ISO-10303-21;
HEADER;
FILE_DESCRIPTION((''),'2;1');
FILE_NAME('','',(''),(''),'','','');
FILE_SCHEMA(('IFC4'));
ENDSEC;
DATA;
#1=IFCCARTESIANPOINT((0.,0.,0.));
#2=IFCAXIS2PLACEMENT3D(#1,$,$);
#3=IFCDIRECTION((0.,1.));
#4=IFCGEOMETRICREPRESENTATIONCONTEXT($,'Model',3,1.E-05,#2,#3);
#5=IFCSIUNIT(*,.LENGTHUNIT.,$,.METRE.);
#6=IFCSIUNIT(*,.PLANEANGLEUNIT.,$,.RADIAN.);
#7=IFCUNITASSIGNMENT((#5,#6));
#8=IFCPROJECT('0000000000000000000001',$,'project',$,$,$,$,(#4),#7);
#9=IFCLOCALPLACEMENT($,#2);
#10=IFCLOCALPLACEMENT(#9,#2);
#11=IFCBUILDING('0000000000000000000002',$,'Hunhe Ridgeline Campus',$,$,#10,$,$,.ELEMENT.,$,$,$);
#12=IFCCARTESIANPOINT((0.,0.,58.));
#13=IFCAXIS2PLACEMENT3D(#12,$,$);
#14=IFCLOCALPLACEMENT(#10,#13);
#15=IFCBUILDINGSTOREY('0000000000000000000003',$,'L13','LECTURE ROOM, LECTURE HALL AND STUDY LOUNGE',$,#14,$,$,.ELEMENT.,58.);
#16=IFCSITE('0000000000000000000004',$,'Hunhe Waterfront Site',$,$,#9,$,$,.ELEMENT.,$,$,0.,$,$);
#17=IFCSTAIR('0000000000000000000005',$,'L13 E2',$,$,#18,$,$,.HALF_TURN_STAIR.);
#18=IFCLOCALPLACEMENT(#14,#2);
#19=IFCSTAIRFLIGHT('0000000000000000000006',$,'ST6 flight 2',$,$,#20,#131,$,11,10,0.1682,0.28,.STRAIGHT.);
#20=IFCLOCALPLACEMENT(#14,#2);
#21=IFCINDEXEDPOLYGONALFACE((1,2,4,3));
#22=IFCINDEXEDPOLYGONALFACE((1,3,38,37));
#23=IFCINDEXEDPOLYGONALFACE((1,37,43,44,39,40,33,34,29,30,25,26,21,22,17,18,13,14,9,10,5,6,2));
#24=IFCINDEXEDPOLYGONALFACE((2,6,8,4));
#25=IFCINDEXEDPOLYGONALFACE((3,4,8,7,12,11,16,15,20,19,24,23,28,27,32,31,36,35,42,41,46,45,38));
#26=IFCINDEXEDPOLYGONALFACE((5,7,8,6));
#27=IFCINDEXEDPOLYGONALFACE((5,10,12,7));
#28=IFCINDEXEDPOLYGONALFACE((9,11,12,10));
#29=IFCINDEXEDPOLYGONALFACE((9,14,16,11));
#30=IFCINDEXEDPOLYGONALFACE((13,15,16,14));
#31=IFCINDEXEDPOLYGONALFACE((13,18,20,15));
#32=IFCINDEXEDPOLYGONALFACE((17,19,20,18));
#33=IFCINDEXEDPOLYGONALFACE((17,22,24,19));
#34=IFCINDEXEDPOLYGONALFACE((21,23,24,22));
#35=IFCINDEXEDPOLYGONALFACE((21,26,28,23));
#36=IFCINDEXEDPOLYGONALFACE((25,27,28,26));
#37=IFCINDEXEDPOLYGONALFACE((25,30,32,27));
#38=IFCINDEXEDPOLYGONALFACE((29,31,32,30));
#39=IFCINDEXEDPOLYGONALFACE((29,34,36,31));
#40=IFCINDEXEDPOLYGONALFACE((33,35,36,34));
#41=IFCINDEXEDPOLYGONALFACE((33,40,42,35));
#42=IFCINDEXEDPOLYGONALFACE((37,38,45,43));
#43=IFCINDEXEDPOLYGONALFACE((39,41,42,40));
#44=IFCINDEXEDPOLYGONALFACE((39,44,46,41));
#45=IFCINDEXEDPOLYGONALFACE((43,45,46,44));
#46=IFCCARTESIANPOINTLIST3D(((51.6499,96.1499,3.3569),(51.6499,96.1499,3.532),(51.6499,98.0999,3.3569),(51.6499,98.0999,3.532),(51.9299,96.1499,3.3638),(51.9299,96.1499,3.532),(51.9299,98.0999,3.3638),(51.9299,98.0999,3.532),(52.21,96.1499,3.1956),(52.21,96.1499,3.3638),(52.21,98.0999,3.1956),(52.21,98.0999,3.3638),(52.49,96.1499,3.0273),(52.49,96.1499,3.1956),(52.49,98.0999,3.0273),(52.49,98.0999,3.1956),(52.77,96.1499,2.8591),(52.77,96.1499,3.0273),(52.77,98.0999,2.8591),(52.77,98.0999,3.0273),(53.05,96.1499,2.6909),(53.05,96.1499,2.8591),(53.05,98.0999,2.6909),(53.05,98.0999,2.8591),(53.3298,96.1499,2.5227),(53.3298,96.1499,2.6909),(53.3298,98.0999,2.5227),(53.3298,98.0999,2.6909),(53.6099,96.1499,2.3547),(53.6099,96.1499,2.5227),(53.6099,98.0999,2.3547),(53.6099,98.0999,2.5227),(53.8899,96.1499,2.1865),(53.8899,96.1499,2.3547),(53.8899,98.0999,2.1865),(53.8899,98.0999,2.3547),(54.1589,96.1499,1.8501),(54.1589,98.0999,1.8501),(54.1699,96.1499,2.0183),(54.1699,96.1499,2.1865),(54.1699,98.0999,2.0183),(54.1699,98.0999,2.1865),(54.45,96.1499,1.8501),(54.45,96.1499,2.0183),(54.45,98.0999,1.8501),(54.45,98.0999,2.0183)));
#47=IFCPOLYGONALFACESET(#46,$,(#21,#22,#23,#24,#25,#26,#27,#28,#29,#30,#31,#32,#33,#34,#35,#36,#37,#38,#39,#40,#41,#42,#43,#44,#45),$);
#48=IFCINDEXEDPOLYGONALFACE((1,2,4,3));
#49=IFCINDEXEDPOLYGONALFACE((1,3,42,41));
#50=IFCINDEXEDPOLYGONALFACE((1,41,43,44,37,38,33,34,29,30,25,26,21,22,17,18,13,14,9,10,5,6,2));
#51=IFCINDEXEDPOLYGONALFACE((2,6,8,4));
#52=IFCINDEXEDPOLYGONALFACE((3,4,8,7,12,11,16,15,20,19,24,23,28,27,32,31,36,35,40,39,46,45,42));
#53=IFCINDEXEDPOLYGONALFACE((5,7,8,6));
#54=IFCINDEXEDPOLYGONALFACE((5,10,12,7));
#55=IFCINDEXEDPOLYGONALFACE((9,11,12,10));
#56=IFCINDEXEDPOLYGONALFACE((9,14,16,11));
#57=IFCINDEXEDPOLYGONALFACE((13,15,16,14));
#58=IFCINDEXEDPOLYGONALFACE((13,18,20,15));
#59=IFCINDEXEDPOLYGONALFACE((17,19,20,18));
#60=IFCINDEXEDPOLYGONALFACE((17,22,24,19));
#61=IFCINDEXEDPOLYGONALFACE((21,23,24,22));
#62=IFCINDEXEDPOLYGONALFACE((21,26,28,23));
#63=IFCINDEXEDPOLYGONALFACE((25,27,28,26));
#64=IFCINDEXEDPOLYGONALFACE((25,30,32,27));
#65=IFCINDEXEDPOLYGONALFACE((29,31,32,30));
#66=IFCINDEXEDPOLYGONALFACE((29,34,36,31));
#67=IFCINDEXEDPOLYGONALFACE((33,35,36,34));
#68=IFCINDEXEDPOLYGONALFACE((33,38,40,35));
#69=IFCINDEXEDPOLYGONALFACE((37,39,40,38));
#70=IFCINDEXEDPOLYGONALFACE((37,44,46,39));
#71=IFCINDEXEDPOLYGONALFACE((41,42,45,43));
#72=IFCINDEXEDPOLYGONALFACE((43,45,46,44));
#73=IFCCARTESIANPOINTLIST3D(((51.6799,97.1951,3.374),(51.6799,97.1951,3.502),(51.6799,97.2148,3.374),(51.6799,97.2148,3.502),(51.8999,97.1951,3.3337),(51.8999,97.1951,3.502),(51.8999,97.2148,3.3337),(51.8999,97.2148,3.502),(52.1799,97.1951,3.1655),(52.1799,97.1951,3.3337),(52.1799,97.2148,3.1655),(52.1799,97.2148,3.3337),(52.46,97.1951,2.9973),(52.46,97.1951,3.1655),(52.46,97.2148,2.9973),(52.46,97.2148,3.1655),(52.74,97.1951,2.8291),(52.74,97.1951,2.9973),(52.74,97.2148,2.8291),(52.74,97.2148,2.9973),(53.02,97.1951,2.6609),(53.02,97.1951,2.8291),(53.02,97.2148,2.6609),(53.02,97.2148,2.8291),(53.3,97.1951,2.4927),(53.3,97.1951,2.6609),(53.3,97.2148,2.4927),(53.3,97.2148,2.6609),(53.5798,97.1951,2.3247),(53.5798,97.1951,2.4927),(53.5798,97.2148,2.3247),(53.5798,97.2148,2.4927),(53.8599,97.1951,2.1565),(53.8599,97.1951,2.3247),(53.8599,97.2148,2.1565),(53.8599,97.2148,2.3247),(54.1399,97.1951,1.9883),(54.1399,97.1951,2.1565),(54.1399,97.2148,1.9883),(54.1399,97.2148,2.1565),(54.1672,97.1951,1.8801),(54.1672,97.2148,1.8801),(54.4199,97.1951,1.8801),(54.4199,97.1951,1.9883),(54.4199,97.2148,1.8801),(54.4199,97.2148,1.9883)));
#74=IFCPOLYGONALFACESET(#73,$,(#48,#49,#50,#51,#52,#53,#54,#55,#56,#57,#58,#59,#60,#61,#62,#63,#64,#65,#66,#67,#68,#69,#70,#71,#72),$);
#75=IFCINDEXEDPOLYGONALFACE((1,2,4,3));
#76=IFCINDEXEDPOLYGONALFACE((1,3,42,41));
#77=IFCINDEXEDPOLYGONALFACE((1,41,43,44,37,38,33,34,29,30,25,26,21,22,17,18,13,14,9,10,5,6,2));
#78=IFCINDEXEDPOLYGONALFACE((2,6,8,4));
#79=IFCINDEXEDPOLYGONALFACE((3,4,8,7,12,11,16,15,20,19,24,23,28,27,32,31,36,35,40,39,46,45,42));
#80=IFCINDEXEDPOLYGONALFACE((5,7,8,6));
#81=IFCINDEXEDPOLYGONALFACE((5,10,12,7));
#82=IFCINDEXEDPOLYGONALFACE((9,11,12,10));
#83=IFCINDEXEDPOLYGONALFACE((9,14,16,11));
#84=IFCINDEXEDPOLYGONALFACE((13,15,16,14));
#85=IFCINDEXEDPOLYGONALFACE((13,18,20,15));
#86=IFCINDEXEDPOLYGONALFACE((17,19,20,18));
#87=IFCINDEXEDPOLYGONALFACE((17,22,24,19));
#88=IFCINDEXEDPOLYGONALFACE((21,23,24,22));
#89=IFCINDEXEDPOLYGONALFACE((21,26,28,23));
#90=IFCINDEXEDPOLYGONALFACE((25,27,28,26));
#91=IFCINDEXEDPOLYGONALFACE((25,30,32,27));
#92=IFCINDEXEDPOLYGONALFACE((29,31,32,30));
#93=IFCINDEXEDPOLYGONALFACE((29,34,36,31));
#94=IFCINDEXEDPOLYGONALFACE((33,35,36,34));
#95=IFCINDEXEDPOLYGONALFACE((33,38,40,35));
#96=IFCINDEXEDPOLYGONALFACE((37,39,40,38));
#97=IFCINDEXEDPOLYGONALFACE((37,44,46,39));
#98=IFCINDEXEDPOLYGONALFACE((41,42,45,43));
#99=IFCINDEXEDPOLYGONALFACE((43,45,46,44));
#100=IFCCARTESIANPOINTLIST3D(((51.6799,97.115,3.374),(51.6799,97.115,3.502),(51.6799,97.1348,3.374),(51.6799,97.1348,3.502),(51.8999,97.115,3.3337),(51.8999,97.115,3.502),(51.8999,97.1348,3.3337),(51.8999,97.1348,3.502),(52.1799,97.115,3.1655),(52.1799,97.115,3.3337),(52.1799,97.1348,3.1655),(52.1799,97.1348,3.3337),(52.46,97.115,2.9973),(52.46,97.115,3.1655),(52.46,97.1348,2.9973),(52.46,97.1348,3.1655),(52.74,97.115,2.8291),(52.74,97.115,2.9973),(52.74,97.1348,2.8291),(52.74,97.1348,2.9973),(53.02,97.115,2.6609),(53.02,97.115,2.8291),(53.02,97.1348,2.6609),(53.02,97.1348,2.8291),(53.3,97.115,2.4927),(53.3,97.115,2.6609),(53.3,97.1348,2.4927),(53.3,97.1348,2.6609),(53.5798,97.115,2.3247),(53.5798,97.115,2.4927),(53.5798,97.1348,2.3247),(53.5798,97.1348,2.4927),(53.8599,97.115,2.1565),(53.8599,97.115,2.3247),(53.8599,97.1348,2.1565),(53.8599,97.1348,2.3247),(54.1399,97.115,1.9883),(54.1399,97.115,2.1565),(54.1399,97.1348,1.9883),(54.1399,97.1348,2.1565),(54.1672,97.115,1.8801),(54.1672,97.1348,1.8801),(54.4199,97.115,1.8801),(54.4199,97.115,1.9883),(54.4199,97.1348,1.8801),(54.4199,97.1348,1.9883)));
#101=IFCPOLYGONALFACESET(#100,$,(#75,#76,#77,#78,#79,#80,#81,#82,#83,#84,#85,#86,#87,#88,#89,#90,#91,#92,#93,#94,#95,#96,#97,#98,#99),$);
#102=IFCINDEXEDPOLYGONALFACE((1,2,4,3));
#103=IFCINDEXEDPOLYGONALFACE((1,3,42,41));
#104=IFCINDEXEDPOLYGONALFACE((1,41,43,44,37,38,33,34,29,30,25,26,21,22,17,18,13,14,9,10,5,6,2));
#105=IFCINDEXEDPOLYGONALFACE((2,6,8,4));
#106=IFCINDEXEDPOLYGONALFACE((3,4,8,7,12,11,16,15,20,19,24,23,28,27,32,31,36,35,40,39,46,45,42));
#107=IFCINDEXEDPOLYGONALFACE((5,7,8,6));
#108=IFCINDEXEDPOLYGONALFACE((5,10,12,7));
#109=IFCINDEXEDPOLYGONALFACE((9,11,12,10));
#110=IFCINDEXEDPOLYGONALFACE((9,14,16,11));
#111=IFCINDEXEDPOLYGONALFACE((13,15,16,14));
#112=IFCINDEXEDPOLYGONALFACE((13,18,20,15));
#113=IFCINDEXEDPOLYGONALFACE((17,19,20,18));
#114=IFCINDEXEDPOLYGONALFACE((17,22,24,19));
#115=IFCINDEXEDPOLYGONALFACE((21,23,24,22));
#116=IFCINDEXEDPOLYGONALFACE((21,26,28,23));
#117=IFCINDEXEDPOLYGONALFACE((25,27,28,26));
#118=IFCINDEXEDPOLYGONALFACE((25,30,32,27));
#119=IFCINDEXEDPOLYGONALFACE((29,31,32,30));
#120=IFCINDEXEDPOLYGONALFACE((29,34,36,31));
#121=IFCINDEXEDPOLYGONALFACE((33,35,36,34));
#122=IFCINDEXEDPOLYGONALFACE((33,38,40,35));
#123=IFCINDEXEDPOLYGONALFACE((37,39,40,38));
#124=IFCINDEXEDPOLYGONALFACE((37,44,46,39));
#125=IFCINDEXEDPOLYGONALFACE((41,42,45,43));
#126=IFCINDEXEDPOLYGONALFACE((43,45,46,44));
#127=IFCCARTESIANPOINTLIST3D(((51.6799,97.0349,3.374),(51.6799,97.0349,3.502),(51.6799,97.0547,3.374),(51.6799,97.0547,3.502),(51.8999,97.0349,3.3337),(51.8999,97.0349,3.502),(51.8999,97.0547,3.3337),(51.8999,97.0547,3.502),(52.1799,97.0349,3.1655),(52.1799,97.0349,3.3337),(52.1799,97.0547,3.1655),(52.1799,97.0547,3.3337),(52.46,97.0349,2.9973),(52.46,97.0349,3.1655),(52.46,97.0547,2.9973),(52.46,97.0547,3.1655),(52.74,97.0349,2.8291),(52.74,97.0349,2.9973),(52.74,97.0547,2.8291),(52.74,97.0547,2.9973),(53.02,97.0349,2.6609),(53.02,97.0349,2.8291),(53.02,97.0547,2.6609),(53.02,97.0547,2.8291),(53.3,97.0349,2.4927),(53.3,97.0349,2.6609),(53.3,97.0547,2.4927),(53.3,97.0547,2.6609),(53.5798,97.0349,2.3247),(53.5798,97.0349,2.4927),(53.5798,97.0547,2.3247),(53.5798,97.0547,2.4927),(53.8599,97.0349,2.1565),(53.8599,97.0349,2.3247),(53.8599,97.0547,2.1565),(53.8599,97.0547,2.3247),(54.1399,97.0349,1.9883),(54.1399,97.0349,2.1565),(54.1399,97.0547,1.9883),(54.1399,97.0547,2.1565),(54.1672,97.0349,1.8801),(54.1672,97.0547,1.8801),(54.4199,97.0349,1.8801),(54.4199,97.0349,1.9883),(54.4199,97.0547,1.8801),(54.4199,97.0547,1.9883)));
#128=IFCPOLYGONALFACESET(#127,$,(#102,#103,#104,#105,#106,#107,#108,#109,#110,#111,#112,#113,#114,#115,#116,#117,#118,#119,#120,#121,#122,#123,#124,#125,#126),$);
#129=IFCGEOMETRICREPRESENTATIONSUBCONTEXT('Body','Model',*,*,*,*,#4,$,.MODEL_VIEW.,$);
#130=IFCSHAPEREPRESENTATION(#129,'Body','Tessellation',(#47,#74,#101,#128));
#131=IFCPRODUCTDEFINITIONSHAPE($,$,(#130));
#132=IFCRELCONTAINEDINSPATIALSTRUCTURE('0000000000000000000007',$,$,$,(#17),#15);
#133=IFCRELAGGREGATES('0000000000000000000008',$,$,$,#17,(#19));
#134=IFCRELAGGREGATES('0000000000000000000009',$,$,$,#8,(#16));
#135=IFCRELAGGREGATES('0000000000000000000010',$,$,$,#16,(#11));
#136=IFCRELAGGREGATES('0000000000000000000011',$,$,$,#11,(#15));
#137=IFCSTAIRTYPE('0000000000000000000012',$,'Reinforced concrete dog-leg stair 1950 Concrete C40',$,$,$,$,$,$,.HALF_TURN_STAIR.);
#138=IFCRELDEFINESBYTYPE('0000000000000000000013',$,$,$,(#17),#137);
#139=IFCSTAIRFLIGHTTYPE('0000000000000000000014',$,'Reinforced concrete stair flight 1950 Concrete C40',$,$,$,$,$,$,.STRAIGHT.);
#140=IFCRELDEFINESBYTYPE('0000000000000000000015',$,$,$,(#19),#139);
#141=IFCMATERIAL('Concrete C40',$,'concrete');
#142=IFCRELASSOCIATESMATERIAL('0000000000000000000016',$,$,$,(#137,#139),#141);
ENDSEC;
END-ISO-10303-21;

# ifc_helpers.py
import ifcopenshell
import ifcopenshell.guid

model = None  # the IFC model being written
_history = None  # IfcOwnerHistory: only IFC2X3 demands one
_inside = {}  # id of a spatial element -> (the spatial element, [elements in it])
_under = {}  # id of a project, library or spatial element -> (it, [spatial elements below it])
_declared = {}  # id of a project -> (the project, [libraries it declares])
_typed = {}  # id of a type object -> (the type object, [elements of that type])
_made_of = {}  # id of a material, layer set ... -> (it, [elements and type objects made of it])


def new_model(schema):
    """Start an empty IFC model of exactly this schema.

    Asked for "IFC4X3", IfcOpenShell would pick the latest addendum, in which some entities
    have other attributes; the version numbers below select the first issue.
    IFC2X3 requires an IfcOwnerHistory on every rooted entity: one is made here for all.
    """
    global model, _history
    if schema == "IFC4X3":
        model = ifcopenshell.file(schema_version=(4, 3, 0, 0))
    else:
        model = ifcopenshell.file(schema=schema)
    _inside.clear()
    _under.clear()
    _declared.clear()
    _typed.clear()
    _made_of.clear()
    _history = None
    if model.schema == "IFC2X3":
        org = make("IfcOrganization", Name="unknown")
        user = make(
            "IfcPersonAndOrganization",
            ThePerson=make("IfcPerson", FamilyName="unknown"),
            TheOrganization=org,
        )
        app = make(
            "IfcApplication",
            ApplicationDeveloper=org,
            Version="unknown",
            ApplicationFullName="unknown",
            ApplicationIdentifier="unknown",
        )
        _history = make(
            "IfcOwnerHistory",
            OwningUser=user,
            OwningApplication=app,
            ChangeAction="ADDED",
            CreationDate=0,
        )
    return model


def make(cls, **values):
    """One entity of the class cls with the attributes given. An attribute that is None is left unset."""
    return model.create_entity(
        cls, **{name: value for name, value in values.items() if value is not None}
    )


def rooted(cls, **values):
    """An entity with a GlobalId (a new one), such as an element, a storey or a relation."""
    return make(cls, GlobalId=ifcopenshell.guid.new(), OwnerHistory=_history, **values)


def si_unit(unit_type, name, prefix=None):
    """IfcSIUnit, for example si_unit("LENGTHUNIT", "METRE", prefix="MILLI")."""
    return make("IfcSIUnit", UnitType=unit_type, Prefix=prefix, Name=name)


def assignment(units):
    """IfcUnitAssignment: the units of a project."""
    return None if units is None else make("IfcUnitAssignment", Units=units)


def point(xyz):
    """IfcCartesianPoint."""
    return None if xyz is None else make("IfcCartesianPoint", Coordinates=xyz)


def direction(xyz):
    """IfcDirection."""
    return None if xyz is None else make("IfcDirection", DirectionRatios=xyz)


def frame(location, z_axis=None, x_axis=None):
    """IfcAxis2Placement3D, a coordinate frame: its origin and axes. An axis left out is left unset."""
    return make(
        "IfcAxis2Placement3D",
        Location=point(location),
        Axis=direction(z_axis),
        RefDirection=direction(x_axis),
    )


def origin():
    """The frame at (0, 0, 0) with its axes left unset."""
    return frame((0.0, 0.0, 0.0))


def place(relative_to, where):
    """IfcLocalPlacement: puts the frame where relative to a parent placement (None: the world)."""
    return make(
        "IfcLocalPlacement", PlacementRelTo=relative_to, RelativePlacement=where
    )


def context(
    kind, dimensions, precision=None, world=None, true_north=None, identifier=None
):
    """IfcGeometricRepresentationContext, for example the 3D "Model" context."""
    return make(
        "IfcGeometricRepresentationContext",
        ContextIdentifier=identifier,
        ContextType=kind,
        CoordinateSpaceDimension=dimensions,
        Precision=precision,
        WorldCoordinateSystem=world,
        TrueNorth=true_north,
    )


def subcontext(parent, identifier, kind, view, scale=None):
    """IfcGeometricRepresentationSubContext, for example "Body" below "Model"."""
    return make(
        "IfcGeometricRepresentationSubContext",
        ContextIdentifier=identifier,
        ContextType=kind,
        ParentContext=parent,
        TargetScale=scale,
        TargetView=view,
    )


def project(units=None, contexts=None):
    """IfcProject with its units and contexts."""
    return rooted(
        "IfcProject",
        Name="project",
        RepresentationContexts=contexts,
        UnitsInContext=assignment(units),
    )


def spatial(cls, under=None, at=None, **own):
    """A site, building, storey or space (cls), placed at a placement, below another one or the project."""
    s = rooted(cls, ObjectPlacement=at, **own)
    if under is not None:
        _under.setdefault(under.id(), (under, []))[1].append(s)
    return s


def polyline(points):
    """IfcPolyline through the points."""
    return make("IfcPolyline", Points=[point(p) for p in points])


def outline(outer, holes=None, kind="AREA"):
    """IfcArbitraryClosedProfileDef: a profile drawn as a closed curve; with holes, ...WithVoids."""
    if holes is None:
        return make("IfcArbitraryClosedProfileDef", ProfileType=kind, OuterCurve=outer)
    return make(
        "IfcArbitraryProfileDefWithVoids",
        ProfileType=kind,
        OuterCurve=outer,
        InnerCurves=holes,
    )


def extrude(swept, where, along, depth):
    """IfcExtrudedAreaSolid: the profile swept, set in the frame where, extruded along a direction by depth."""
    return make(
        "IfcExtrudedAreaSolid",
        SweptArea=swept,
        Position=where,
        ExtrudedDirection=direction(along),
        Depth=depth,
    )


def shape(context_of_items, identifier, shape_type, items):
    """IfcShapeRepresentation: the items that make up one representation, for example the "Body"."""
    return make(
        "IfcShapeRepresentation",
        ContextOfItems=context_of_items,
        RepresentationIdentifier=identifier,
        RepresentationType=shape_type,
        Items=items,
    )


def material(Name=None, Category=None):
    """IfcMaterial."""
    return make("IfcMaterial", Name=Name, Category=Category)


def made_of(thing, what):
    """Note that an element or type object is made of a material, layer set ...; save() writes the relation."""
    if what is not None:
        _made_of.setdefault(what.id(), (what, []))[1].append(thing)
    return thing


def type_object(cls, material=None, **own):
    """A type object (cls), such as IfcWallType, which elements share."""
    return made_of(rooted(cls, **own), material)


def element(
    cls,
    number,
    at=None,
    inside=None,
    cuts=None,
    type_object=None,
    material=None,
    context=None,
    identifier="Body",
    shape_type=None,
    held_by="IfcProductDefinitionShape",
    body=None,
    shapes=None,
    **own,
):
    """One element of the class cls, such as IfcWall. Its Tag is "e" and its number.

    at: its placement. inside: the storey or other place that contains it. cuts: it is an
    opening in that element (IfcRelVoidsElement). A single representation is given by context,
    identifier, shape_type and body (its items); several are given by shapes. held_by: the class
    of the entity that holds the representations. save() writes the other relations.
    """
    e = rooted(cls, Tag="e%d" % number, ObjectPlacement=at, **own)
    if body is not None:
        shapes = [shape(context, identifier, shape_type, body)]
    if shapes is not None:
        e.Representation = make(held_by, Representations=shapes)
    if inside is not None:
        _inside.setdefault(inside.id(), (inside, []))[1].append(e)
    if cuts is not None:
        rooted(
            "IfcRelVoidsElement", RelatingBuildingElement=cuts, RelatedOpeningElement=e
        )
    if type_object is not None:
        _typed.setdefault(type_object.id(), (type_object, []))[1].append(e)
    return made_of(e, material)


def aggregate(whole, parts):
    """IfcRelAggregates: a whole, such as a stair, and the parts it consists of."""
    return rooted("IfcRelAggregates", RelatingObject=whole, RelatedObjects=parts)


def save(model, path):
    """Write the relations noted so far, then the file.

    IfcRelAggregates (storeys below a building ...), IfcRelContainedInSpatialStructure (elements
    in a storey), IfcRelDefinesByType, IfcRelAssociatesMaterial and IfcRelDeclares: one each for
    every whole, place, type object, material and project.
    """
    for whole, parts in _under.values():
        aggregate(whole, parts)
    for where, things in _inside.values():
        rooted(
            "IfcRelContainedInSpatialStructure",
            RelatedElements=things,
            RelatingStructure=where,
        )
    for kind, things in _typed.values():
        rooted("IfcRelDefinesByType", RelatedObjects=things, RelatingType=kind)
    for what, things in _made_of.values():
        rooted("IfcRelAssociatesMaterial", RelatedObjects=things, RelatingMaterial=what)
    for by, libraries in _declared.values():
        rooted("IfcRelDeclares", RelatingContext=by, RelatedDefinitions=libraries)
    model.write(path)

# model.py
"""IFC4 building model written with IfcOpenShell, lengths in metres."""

from ifc_helpers import new_model, si_unit, direction, frame, origin, place, context, subcontext, project, spatial, polyline, outline, extrude, material, type_object, element, aggregate, save


model = new_model("IFC4")

# Units and contexts
model_context = context("Model", 3, precision=1e-05, world=origin(), true_north=direction((0.0, 1.0)))
body_context = subcontext(model_context, "Body", "Model", "MODEL_VIEW")
ifc_project = project(units=[si_unit("LENGTHUNIT", "METRE"), si_unit("PLANEANGLEUNIT", "RADIAN")], contexts=[model_context])

# Site, building, storey
site_placement = place(None, origin())
site = spatial("IfcSite", under=ifc_project, at=site_placement, Name="Hunhe Waterfront Site", CompositionType="ELEMENT", RefElevation=0.0)
building_placement = place(site_placement, origin())
building = spatial("IfcBuilding", under=site, at=building_placement, Name="Hunhe Ridgeline Campus", CompositionType="ELEMENT")
storey_placement = place(building_placement, frame((0.0, 0.0, 58.0)))
storey = spatial("IfcBuildingStorey", under=building, at=storey_placement, Name="L13", Description="LECTURE ROOM, LECTURE HALL AND STUDY LOUNGE", CompositionType="ELEMENT", Elevation=58.0)

# Stair, stair flight
ifc_material_1 = material(Name="Concrete C40", Category="concrete")
stair_type = type_object("IfcStairType", Name="Reinforced concrete dog-leg stair 1950 Concrete C40", PredefinedType="HALF_TURN_STAIR", material=ifc_material_1)
stair_1_placement = place(storey_placement, origin())
stair_1 = element("IfcStair", 1, at=stair_1_placement, inside=storey, type_object=stair_type, Name="L13 E2", PredefinedType="HALF_TURN_STAIR")
stair_flight_type = type_object("IfcStairFlightType", Name="Reinforced concrete stair flight 1950 Concrete C40", PredefinedType="STRAIGHT", material=ifc_material_1)
stair_flight_1_placement = place(storey_placement, frame((54.45, 97.125, 1.8501), z_axis=(0.0, 0.0, 1.0), x_axis=(-1.0, 0.0, 0.0)))
stair_flight_1 = element("IfcStairFlight", 2, at=stair_flight_1_placement, type_object=stair_flight_type, Name="ST6 flight 2", NumberOfRisers=11, NumberOfTreads=10, PredefinedType="STRAIGHT", RiserHeight=0.1682, TreadLength=0.28, context=body_context, shape_type="SweptSolid", body=[
    extrude(outline(polyline([(0.0, 0.0), (0.0, 0.1682), (0.28, 0.1682), (0.28, 0.3364), (0.5601, 0.3364), (0.5601, 0.5046), (0.8401, 0.5046), (0.8401, 0.6726), (1.1201, 0.6726), (1.1201, 0.8408), (1.3999, 0.8408), (1.3999, 1.009), (1.6799, 1.009), (1.6799, 1.1772), (1.96, 1.1772), (1.96, 1.3455), (2.24, 1.3455), (2.24, 1.5137), (2.52, 1.5137), (2.52, 1.6819), (2.8, 1.6819), (2.8, 1.8501), (2.8, 1.5068), (0.291, 0.0), (0.0, 0.0)])), frame((0.0, 0.9751, 0.0), z_axis=(0.0, -1.0, 0.0), x_axis=(1.0, 0.0, 0.0)), (0.0, 0.0, 1.0), 1.95),
    extrude(outline(polyline([(0.03, 0.03), (0.03, 0.1382), (0.3101, 0.1382), (0.3101, 0.3064), (0.5901, 0.3064), (0.5901, 0.4746), (0.8701, 0.4746), (0.8701, 0.6426), (1.1499, 0.6426), (1.1499, 0.8108), (1.4299, 0.8108), (1.4299, 0.979), (1.71, 0.979), (1.71, 1.1472), (1.99, 1.1472), (1.99, 1.3154), (2.27, 1.3154), (2.27, 1.4836), (2.55, 1.4836), (2.55, 1.6519), (2.77, 1.6519), (2.77, 1.5239), (0.2827, 0.03), (0.03, 0.03)])), frame((0.0, -0.0701, 0.0), z_axis=(0.0, -1.0, 0.0), x_axis=(1.0, 0.0, 0.0)), (0.0, 0.0, 1.0), 0.0198),
    extrude(outline(polyline([(0.03, 0.03), (0.03, 0.1382), (0.3101, 0.1382), (0.3101, 0.3064), (0.5901, 0.3064), (0.5901, 0.4746), (0.8701, 0.4746), (0.8701, 0.6426), (1.1499, 0.6426), (1.1499, 0.8108), (1.4299, 0.8108), (1.4299, 0.979), (1.71, 0.979), (1.71, 1.1472), (1.99, 1.1472), (1.99, 1.3154), (2.27, 1.3154), (2.27, 1.4836), (2.55, 1.4836), (2.55, 1.6519), (2.77, 1.6519), (2.77, 1.5239), (0.2827, 0.03), (0.03, 0.03)])), frame((0.0, 0.01, 0.0), z_axis=(0.0, -1.0, 0.0), x_axis=(1.0, 0.0, 0.0)), (0.0, 0.0, 1.0), 0.0198),
    extrude(outline(polyline([(0.03, 0.03), (0.03, 0.1382), (0.3101, 0.1382), (0.3101, 0.3064), (0.5901, 0.3064), (0.5901, 0.4746), (0.8701, 0.4746), (0.8701, 0.6426), (1.1499, 0.6426), (1.1499, 0.8108), (1.4299, 0.8108), (1.4299, 0.979), (1.71, 0.979), (1.71, 1.1472), (1.99, 1.1472), (1.99, 1.3154), (2.27, 1.3154), (2.27, 1.4836), (2.55, 1.4836), (2.55, 1.6519), (2.77, 1.6519), (2.77, 1.5239), (0.2827, 0.03), (0.03, 0.03)])), frame((0.0, 0.0901, 0.0), z_axis=(0.0, -1.0, 0.0), x_axis=(1.0, 0.0, 0.0)), (0.0, 0.0, 1.0), 0.0198),
])
aggregate(stair_1, [stair_flight_1])

save(model, "model.ifc")
